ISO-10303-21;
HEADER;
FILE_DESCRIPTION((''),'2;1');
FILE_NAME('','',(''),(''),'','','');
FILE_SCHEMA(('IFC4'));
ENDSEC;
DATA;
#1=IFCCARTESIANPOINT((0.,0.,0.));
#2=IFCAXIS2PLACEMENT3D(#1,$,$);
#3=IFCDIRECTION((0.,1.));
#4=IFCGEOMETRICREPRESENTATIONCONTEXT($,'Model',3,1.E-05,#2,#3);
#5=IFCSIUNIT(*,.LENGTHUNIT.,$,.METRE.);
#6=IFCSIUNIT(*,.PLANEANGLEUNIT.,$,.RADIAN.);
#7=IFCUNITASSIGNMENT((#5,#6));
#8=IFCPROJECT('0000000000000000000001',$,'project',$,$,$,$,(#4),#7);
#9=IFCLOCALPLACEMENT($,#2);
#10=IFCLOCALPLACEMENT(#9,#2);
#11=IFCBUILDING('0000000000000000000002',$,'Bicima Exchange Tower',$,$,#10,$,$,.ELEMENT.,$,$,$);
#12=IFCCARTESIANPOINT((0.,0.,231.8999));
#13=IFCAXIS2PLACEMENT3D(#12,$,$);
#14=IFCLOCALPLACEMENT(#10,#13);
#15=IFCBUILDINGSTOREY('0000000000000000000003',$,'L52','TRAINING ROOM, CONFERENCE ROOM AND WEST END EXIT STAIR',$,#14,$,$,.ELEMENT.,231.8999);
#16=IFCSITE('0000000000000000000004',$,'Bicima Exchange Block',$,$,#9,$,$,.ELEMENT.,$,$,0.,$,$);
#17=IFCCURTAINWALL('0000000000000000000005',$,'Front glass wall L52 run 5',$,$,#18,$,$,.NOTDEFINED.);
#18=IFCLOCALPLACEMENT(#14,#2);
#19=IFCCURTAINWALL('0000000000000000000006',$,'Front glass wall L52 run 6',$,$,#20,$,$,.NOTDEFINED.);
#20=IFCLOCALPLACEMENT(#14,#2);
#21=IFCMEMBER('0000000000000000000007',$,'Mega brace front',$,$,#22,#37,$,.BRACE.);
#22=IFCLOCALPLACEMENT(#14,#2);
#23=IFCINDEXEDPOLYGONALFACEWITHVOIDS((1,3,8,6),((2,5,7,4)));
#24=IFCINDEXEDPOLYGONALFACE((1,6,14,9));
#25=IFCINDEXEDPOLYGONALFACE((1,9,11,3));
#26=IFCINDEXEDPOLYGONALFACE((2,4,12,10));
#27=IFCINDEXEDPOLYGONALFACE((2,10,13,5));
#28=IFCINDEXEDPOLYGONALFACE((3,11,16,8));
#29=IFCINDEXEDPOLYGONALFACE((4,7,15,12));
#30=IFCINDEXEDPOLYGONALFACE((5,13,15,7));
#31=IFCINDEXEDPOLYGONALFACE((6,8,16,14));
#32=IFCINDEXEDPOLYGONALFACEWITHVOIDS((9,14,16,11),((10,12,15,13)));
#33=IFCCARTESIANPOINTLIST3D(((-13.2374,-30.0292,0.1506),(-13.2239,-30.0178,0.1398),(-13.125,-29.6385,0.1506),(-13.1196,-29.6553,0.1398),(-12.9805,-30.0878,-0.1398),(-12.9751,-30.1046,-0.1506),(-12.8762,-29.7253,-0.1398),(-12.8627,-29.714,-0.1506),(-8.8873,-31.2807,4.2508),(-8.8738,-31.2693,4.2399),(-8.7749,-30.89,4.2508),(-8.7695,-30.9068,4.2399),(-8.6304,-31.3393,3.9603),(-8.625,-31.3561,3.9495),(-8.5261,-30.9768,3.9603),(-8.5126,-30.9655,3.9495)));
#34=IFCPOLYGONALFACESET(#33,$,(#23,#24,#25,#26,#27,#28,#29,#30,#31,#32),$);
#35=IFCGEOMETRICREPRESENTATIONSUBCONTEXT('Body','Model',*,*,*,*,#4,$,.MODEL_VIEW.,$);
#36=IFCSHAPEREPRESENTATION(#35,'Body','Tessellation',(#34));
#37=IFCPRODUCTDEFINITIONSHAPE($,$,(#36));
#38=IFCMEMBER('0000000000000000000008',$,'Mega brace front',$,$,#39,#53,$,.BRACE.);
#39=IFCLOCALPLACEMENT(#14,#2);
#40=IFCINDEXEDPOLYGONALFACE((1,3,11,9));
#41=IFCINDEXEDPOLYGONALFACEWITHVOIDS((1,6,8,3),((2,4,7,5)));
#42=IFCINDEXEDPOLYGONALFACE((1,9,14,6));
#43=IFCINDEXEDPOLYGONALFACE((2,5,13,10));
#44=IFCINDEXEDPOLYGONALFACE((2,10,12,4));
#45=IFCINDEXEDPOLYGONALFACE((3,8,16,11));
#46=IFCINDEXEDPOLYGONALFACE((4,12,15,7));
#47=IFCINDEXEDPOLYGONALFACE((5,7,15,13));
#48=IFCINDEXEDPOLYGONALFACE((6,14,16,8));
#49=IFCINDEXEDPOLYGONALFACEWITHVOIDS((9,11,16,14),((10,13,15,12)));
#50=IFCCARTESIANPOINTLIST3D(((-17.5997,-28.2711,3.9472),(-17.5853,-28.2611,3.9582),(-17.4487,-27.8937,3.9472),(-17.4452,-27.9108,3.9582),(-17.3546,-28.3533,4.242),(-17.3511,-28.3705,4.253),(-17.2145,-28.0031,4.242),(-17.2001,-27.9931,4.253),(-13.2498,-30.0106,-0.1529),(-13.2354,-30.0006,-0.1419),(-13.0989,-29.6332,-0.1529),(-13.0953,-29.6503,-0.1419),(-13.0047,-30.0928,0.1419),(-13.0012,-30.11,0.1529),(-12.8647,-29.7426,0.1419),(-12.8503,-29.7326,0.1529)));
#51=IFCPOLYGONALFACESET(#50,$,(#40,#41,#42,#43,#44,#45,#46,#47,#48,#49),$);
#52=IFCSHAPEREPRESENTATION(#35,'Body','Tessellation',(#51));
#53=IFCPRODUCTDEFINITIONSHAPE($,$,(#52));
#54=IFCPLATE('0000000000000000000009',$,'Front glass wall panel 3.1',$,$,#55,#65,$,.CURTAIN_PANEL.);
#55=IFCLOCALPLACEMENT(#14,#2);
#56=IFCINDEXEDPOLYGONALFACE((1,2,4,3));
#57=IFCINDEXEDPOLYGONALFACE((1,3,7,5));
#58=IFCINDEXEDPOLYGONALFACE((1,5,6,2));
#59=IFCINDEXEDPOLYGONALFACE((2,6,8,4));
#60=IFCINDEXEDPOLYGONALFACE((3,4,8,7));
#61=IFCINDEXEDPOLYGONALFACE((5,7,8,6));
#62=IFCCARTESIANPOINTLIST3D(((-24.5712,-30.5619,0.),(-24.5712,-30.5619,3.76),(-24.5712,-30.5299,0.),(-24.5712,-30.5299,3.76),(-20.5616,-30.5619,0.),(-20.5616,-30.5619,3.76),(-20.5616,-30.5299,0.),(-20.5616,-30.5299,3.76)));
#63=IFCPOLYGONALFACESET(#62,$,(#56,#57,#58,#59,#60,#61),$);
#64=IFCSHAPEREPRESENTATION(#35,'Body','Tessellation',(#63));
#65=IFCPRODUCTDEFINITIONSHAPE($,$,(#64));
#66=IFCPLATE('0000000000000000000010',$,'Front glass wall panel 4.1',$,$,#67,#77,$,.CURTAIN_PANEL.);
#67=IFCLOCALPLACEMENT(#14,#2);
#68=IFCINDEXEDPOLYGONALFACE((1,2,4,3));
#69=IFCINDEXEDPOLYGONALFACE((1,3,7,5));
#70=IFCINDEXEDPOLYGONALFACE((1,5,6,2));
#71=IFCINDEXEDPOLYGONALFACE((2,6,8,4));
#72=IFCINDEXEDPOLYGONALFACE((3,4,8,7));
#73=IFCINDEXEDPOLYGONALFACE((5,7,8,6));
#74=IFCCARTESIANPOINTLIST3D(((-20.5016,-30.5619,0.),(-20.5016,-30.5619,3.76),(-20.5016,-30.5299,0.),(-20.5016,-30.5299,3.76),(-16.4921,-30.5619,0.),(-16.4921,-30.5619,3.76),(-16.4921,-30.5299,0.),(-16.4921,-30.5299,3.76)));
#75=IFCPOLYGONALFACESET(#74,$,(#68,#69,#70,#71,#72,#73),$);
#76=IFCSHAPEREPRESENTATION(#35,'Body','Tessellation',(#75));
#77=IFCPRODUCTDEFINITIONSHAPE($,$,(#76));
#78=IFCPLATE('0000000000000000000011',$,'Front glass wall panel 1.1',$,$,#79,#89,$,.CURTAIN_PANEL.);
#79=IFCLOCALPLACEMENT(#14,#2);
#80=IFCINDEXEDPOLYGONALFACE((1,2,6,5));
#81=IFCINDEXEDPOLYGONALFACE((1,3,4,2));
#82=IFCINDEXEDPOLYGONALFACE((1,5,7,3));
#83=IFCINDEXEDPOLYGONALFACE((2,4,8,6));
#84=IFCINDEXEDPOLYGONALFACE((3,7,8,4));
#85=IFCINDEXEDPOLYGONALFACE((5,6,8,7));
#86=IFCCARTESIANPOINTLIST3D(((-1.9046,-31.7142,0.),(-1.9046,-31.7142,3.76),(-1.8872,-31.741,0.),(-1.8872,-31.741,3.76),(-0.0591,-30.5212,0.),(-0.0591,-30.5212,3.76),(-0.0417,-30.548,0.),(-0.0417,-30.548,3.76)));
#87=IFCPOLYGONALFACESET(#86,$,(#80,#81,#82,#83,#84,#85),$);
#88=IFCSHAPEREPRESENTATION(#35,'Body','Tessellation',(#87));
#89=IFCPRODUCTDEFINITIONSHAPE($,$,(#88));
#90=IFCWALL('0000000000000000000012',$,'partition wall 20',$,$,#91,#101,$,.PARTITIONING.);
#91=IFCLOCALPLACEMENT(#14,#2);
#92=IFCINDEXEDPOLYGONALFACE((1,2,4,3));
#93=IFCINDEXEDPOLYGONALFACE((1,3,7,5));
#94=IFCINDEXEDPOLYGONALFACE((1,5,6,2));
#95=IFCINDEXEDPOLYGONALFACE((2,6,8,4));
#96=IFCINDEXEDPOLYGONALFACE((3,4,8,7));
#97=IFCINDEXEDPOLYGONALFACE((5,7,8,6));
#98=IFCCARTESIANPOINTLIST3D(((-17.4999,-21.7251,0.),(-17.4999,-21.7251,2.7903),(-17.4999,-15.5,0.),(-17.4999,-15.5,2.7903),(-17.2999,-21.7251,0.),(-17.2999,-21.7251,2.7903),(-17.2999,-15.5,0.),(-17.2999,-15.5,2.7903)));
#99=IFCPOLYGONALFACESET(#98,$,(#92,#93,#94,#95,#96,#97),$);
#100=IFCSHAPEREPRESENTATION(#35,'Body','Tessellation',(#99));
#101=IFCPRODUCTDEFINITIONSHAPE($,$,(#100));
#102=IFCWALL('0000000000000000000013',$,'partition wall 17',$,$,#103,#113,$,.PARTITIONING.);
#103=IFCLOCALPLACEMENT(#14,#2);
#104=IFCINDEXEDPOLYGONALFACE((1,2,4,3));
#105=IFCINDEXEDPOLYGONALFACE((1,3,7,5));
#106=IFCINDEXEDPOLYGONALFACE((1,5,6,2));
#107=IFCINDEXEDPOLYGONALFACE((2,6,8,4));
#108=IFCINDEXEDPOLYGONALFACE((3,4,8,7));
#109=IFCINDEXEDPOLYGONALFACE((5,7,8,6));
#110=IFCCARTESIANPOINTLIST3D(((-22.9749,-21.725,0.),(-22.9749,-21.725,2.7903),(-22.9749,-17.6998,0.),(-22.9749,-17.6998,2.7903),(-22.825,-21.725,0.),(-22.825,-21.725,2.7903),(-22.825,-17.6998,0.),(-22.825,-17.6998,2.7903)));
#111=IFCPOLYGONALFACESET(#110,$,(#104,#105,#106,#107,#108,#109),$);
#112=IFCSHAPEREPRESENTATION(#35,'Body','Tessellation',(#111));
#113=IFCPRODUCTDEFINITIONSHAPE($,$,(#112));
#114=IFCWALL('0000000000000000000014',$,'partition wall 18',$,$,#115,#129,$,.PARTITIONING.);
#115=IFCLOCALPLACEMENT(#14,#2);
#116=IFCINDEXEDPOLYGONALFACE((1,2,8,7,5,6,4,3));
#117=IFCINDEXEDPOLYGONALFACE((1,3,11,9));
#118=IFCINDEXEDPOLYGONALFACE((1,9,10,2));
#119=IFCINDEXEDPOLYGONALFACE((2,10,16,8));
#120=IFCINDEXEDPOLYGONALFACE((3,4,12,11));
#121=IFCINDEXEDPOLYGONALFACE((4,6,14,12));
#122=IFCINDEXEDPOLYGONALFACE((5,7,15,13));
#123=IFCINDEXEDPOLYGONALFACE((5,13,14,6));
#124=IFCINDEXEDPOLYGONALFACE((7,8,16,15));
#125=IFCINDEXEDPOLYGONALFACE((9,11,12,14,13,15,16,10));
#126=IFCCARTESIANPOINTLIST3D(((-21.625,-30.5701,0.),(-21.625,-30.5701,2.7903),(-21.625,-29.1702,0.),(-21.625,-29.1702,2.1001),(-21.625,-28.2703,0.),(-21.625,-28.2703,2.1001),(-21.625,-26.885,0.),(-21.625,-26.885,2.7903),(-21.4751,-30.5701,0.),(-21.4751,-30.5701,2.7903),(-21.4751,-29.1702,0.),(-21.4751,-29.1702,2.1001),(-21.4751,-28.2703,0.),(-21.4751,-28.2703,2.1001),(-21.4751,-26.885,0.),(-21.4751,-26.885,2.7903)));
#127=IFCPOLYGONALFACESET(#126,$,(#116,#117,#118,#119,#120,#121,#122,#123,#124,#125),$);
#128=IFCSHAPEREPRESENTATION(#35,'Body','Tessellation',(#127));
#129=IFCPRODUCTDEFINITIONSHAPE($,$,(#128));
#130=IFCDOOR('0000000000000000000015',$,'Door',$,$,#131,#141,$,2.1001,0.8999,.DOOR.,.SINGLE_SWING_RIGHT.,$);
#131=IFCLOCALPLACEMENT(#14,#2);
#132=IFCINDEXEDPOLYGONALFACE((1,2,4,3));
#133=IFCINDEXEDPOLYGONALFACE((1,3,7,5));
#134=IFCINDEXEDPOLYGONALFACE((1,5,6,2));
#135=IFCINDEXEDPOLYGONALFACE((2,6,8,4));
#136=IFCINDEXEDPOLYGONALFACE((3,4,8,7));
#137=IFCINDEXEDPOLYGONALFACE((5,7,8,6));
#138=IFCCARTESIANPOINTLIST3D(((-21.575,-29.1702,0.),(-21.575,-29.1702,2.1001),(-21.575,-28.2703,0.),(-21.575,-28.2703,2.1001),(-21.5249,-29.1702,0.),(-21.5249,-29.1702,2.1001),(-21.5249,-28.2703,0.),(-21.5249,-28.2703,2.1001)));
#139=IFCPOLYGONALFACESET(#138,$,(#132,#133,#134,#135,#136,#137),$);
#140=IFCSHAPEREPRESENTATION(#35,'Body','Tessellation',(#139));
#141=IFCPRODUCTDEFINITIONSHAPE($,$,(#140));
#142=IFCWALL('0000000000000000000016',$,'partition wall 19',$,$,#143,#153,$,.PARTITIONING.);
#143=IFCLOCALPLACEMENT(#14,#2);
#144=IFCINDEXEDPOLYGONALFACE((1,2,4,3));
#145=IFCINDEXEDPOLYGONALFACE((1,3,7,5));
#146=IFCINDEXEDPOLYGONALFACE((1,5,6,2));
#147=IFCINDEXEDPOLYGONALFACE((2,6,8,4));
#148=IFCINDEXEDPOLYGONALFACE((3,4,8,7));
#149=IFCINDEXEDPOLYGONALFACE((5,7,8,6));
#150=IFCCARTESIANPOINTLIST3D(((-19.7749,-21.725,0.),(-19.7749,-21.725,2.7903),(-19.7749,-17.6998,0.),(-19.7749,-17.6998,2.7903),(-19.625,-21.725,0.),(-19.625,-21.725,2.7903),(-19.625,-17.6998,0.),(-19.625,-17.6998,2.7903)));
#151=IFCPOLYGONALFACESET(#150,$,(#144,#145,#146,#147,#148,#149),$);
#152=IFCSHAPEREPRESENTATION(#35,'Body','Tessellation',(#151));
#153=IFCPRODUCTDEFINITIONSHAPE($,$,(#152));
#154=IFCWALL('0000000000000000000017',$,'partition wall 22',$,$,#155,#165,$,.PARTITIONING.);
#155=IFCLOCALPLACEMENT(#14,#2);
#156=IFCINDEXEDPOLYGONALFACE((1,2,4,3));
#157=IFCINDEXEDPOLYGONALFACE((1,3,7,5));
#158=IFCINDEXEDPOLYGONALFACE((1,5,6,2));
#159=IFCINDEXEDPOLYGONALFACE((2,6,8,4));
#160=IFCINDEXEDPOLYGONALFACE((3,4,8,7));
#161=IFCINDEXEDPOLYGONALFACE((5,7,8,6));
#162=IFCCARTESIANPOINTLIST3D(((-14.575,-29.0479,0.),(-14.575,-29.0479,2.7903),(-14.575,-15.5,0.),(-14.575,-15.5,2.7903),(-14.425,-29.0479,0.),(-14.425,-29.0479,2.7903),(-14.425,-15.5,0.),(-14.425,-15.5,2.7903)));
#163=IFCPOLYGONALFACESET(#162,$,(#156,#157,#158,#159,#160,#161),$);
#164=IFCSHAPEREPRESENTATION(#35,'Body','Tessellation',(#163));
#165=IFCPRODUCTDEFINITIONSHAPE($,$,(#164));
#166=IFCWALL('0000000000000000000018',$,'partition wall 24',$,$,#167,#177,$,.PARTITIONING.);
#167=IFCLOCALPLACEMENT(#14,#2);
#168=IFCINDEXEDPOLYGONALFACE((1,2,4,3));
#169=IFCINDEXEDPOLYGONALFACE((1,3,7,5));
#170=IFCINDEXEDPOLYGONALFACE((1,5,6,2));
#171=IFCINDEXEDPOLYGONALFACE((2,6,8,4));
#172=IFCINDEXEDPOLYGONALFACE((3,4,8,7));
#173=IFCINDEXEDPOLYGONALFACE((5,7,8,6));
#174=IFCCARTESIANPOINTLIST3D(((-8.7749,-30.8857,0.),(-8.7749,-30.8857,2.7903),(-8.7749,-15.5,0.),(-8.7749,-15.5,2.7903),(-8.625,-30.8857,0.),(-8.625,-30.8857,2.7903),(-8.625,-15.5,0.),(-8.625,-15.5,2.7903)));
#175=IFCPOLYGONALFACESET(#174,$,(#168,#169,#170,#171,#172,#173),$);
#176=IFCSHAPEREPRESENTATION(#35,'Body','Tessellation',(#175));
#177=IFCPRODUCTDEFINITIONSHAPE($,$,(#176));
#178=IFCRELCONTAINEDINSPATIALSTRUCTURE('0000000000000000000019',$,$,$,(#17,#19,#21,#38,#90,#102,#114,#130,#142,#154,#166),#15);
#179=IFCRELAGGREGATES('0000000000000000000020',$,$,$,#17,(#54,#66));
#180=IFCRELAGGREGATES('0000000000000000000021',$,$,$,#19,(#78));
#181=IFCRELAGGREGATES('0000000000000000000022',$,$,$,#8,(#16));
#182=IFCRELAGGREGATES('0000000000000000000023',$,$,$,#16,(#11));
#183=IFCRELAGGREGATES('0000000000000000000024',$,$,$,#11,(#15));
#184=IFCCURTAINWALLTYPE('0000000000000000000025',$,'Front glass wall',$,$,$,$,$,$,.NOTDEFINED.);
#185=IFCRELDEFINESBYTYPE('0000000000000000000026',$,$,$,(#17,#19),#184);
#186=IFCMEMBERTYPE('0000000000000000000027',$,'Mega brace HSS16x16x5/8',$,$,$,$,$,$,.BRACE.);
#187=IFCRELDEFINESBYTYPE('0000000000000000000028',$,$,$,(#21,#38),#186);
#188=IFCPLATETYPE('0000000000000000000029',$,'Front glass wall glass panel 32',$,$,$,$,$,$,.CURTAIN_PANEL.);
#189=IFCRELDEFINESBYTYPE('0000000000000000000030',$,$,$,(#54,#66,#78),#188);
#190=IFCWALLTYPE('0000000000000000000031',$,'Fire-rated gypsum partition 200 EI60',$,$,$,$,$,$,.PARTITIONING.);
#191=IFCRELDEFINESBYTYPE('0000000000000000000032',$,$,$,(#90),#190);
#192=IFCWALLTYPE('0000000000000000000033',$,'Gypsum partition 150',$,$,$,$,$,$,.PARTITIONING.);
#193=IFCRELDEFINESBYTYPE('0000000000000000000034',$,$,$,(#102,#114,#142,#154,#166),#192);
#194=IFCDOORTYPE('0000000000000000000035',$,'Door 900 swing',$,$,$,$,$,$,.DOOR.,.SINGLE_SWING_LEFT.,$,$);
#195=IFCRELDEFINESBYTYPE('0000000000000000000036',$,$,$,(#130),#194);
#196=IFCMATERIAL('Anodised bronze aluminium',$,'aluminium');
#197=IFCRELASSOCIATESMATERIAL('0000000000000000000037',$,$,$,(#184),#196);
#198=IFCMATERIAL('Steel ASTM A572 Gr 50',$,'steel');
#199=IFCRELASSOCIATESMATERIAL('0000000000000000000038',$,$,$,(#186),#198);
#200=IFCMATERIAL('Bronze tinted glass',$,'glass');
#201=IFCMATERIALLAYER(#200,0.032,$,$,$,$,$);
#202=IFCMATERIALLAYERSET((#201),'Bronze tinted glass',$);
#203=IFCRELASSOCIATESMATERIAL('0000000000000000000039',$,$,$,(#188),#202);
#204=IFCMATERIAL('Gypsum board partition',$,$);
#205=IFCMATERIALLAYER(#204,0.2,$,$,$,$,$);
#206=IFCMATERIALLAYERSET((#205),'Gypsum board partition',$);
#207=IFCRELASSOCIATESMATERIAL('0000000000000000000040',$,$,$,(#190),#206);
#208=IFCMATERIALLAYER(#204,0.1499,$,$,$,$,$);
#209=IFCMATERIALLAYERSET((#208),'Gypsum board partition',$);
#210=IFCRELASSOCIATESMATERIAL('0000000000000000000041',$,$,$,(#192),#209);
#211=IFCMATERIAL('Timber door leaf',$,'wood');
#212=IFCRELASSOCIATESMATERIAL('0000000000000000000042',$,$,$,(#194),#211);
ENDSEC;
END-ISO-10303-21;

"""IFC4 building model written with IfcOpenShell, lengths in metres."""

from ifc_helpers import new_model, si_unit, direction, frame, frame_2d, origin, origin_2d, place, context, subcontext, project, spatial, rectangle, hollow_rectangle, extrude, material, layer, layer_set, material_profile, profile_set, type_object, element, fill, aggregate, save


model = new_model("IFC4")

# Units and contexts
model_context = context("Model", 3, precision=1e-05, world=origin(), true_north=direction((0.0, 1.0)))
body_context = subcontext(model_context, "Body", "Model", "MODEL_VIEW")
ifc_project = project(units=[si_unit("LENGTHUNIT", "METRE"), si_unit("PLANEANGLEUNIT", "RADIAN")], contexts=[model_context])

# Site, building, storey
site_placement = place(None, origin())
site = spatial("IfcSite", under=ifc_project, at=site_placement, Name="Bicima Exchange Block", CompositionType="ELEMENT", RefElevation=0.0)
building_placement = place(site_placement, origin())
building = spatial("IfcBuilding", under=site, at=building_placement, Name="Bicima Exchange Tower", CompositionType="ELEMENT")
storey_placement = place(building_placement, frame((0.0, 0.0, 231.8999)))
storey = spatial("IfcBuildingStorey", under=building, at=storey_placement, Name="L52", Description="TRAINING ROOM, CONFERENCE ROOM AND WEST END EXIT STAIR", CompositionType="ELEMENT", Elevation=231.8999)

# Curtain wall
ifc_material_1 = material(Name="Anodised bronze aluminium", Category="aluminium")
curtain_wall_type = type_object("IfcCurtainWallType", Name="Front glass wall", PredefinedType="NOTDEFINED", material=ifc_material_1)
curtain_wall_1_placement = place(storey_placement, origin())
curtain_wall_1 = element("IfcCurtainWall", 1, at=curtain_wall_1_placement, inside=storey, type_object=curtain_wall_type, Name="Front glass wall L52 run 5", PredefinedType="NOTDEFINED")

# Curtain wall
curtain_wall_2_placement = place(storey_placement, origin())
curtain_wall_2 = element("IfcCurtainWall", 2, at=curtain_wall_2_placement, inside=storey, type_object=curtain_wall_type, Name="Front glass wall L52 run 6", PredefinedType="NOTDEFINED")

# Members
ifc_material_2 = material(Name="Steel ASTM A572 Gr 50", Category="steel")
ifc_material_profile_1 = material_profile(ifc_material_2, hollow_rectangle(XDim=0.4065, YDim=0.4065, WallThickness=0.0146, at=origin_2d()))
ifc_profile_set_1 = profile_set([ifc_material_profile_1], Name="Steel ASTM A572 Gr 50")
member_type_1 = type_object("IfcMemberType", Name="Mega brace HSS16x16x5/8", PredefinedType="BRACE", material=ifc_profile_set_1)
member_1_placement = place(storey_placement, frame((-13.05, -29.8716, 0.0), z_axis=(0.712267, -0.20491, 0.671333), x_axis=(0.276473, 0.961022, 0.0)))
element("IfcMember", 3, at=member_1_placement, inside=storey, type_object=member_type_1, Name="Mega brace front", PredefinedType="BRACE", context=body_context, shape_type="SweptSolid", body=[
    extrude(hollow_rectangle(XDim=0.4065, YDim=0.4065, WallThickness=0.0146, at=origin_2d()), origin(), (0.0, 0.0, 1.0), 6.1074),
])
member_2_placement = place(storey_placement, frame((-13.05, -29.8716, 0.0), z_axis=(-0.698706, 0.279412, 0.658588), x_axis=(-0.37131, -0.928509, 0.0)))
element("IfcMember", 4, at=member_2_placement, inside=storey, type_object=member_type_1, Name="Mega brace front", PredefinedType="BRACE", context=body_context, shape_type="SweptSolid", body=[
    extrude(hollow_rectangle(XDim=0.4065, YDim=0.4065, WallThickness=0.0146, at=origin_2d()), origin(), (0.0, 0.0, 1.0), 6.2256),
])

# Plates
ifc_material_3 = material(Name="Bronze tinted glass", Category="glass")
ifc_layer_1 = layer(ifc_material_3, 0.032)
ifc_layer_set_1 = layer_set([ifc_layer_1], Name="Bronze tinted glass")
plate_type = type_object("IfcPlateType", Name="Front glass wall glass panel 32", PredefinedType="CURTAIN_PANEL", material=ifc_layer_set_1)
plate_1_placement = place(storey_placement, frame((-22.5664, -30.5459, 0.0), z_axis=(0.0, 0.0, 1.0), x_axis=(1.0, 0.0, 0.0)))
plate_1 = element("IfcPlate", 5, at=plate_1_placement, type_object=plate_type, Name="Front glass wall panel 3.1", PredefinedType="CURTAIN_PANEL", context=body_context, shape_type="SweptSolid", body=[
    extrude(rectangle(XDim=4.0095, YDim=0.032, at=origin_2d()), origin(), (0.0, 0.0, 1.0), 3.76),
])
plate_2_placement = place(storey_placement, frame((-18.4968, -30.5459, 0.0), z_axis=(0.0, 0.0, 1.0), x_axis=(1.0, 0.0, 0.0)))
plate_2 = element("IfcPlate", 6, at=plate_2_placement, type_object=plate_type, Name="Front glass wall panel 4.1", PredefinedType="CURTAIN_PANEL", context=body_context, shape_type="SweptSolid", body=[
    extrude(rectangle(XDim=4.0095, YDim=0.032, at=origin_2d()), origin(), (0.0, 0.0, 1.0), 3.76),
])
aggregate(curtain_wall_1, [plate_1, plate_2])
plate_3_placement = place(storey_placement, frame((-0.9731, -31.1311, 0.0), z_axis=(0.0, 0.0, 1.0), x_axis=(0.839799, 0.542897, 0.0)))
plate_3 = element("IfcPlate", 7, at=plate_3_placement, type_object=plate_type, Name="Front glass wall panel 1.1", PredefinedType="CURTAIN_PANEL", context=body_context, shape_type="SweptSolid", body=[
    extrude(rectangle(XDim=2.1975, YDim=0.032, at=origin_2d()), origin(), (0.0, 0.0, 1.0), 3.76),
])
aggregate(curtain_wall_2, [plate_3])

# Walls
ifc_material_4 = material(Name="Gypsum board partition")
ifc_layer_2 = layer(ifc_material_4, 0.2)
ifc_layer_set_2 = layer_set([ifc_layer_2], Name="Gypsum board partition")
wall_type_1 = type_object("IfcWallType", Name="Fire-rated gypsum partition 200 EI60", PredefinedType="PARTITIONING", material=ifc_layer_set_2)
wall_1_placement = place(storey_placement, frame((-17.3999, -21.7251, 0.0), z_axis=(0.0, 0.0, 1.0), x_axis=(0.0, 1.0, 0.0)))
element("IfcWall", 8, at=wall_1_placement, inside=storey, type_object=wall_type_1, Name="partition wall 20", PredefinedType="PARTITIONING", context=body_context, shape_type="SweptSolid", body=[
    extrude(rectangle(XDim=6.2251, YDim=0.2, at=frame_2d((3.1125, 0.0))), origin(), (0.0, 0.0, 1.0), 2.7903),
])
ifc_layer_3 = layer(ifc_material_4, 0.1499)
ifc_layer_set_3 = layer_set([ifc_layer_3], Name="Gypsum board partition")
wall_type_2 = type_object("IfcWallType", Name="Gypsum partition 150", PredefinedType="PARTITIONING", material=ifc_layer_set_3)
wall_2_placement = place(storey_placement, frame((-22.8999, -21.7251, 0.0), z_axis=(0.0, 0.0, 1.0), x_axis=(0.0, 1.0, 0.0)))
element("IfcWall", 9, at=wall_2_placement, inside=storey, type_object=wall_type_2, Name="partition wall 17", PredefinedType="PARTITIONING", context=body_context, shape_type="SweptSolid", body=[
    extrude(rectangle(XDim=4.0251, YDim=0.1499, at=frame_2d((2.0127, 0.0))), origin(), (0.0, 0.0, 1.0), 2.7903),
])

# Wall, opening, door
wall_3_placement = place(storey_placement, frame((-21.55, -30.5701, 0.0), z_axis=(0.0, 0.0, 1.0), x_axis=(0.0, 1.0, 0.0)))
wall_3 = element("IfcWall", 10, at=wall_3_placement, inside=storey, type_object=wall_type_2, Name="partition wall 18", PredefinedType="PARTITIONING", context=body_context, shape_type="SweptSolid", body=[
    extrude(rectangle(XDim=3.6851, YDim=0.1499, at=frame_2d((1.8425, 0.0))), origin(), (0.0, 0.0, 1.0), 2.7903),
])
opening_placement = place(wall_3_placement, frame((1.3999, 0.0, 0.0)))
opening = element("IfcOpeningElement", 11, at=opening_placement, cuts=wall_3, PredefinedType="OPENING", context=body_context, shape_type="SweptSolid", body=[
    extrude(rectangle(XDim=0.8999, YDim=2.1001, at=frame_2d((0.45, 1.05))), frame((0.0, 0.0869, 0.0), z_axis=(0.0, -1.0, 0.0), x_axis=(1.0, 0.0, 0.0)), (0.0, 0.0, 1.0), 0.1738),
])
ifc_material_5 = material(Name="Timber door leaf", Category="wood")
door_type = type_object("IfcDoorType", Name="Door 900 swing", OperationType="SINGLE_SWING_LEFT", PredefinedType="DOOR", material=ifc_material_5)
door_placement = place(opening_placement, origin())
door = element("IfcDoor", 12, at=door_placement, inside=storey, type_object=door_type, Name="Door", OperationType="SINGLE_SWING_RIGHT", OverallHeight=2.1001, OverallWidth=0.8999, PredefinedType="DOOR", context=body_context, shape_type="SweptSolid", body=[
    extrude(rectangle(XDim=0.8999, YDim=2.1001, at=frame_2d((0.45, 1.05))), frame((0.0, 0.0249, 0.0), z_axis=(0.0, -1.0, 0.0), x_axis=(1.0, 0.0, 0.0)), (0.0, 0.0, 1.0), 0.05),
])
fill(opening, door)

# Walls
wall_4_placement = place(storey_placement, frame((-19.7, -21.7251, 0.0), z_axis=(0.0, 0.0, 1.0), x_axis=(0.0, 1.0, 0.0)))
element("IfcWall", 13, at=wall_4_placement, inside=storey, type_object=wall_type_2, Name="partition wall 19", PredefinedType="PARTITIONING", context=body_context, shape_type="SweptSolid", body=[
    extrude(rectangle(XDim=4.0251, YDim=0.1499, at=frame_2d((2.0127, 0.0))), origin(), (0.0, 0.0, 1.0), 2.7903),
])
wall_5_placement = place(storey_placement, frame((-14.5, -29.0479, 0.0), z_axis=(0.0, 0.0, 1.0), x_axis=(0.0, 1.0, 0.0)))
element("IfcWall", 14, at=wall_5_placement, inside=storey, type_object=wall_type_2, Name="partition wall 22", PredefinedType="PARTITIONING", context=body_context, shape_type="SweptSolid", body=[
    extrude(rectangle(XDim=13.5479, YDim=0.1499, at=frame_2d((6.7739, 0.0))), origin(), (0.0, 0.0, 1.0), 2.7903),
])
wall_6_placement = place(storey_placement, frame((-8.7, -30.8857, 0.0), z_axis=(0.0, 0.0, 1.0), x_axis=(0.0, 1.0, 0.0)))
element("IfcWall", 15, at=wall_6_placement, inside=storey, type_object=wall_type_2, Name="partition wall 24", PredefinedType="PARTITIONING", context=body_context, shape_type="SweptSolid", body=[
    extrude(rectangle(XDim=15.3857, YDim=0.1499, at=frame_2d((7.6929, 0.0))), origin(), (0.0, 0.0, 1.0), 2.7903),
])

save(model, "model.ifc")
